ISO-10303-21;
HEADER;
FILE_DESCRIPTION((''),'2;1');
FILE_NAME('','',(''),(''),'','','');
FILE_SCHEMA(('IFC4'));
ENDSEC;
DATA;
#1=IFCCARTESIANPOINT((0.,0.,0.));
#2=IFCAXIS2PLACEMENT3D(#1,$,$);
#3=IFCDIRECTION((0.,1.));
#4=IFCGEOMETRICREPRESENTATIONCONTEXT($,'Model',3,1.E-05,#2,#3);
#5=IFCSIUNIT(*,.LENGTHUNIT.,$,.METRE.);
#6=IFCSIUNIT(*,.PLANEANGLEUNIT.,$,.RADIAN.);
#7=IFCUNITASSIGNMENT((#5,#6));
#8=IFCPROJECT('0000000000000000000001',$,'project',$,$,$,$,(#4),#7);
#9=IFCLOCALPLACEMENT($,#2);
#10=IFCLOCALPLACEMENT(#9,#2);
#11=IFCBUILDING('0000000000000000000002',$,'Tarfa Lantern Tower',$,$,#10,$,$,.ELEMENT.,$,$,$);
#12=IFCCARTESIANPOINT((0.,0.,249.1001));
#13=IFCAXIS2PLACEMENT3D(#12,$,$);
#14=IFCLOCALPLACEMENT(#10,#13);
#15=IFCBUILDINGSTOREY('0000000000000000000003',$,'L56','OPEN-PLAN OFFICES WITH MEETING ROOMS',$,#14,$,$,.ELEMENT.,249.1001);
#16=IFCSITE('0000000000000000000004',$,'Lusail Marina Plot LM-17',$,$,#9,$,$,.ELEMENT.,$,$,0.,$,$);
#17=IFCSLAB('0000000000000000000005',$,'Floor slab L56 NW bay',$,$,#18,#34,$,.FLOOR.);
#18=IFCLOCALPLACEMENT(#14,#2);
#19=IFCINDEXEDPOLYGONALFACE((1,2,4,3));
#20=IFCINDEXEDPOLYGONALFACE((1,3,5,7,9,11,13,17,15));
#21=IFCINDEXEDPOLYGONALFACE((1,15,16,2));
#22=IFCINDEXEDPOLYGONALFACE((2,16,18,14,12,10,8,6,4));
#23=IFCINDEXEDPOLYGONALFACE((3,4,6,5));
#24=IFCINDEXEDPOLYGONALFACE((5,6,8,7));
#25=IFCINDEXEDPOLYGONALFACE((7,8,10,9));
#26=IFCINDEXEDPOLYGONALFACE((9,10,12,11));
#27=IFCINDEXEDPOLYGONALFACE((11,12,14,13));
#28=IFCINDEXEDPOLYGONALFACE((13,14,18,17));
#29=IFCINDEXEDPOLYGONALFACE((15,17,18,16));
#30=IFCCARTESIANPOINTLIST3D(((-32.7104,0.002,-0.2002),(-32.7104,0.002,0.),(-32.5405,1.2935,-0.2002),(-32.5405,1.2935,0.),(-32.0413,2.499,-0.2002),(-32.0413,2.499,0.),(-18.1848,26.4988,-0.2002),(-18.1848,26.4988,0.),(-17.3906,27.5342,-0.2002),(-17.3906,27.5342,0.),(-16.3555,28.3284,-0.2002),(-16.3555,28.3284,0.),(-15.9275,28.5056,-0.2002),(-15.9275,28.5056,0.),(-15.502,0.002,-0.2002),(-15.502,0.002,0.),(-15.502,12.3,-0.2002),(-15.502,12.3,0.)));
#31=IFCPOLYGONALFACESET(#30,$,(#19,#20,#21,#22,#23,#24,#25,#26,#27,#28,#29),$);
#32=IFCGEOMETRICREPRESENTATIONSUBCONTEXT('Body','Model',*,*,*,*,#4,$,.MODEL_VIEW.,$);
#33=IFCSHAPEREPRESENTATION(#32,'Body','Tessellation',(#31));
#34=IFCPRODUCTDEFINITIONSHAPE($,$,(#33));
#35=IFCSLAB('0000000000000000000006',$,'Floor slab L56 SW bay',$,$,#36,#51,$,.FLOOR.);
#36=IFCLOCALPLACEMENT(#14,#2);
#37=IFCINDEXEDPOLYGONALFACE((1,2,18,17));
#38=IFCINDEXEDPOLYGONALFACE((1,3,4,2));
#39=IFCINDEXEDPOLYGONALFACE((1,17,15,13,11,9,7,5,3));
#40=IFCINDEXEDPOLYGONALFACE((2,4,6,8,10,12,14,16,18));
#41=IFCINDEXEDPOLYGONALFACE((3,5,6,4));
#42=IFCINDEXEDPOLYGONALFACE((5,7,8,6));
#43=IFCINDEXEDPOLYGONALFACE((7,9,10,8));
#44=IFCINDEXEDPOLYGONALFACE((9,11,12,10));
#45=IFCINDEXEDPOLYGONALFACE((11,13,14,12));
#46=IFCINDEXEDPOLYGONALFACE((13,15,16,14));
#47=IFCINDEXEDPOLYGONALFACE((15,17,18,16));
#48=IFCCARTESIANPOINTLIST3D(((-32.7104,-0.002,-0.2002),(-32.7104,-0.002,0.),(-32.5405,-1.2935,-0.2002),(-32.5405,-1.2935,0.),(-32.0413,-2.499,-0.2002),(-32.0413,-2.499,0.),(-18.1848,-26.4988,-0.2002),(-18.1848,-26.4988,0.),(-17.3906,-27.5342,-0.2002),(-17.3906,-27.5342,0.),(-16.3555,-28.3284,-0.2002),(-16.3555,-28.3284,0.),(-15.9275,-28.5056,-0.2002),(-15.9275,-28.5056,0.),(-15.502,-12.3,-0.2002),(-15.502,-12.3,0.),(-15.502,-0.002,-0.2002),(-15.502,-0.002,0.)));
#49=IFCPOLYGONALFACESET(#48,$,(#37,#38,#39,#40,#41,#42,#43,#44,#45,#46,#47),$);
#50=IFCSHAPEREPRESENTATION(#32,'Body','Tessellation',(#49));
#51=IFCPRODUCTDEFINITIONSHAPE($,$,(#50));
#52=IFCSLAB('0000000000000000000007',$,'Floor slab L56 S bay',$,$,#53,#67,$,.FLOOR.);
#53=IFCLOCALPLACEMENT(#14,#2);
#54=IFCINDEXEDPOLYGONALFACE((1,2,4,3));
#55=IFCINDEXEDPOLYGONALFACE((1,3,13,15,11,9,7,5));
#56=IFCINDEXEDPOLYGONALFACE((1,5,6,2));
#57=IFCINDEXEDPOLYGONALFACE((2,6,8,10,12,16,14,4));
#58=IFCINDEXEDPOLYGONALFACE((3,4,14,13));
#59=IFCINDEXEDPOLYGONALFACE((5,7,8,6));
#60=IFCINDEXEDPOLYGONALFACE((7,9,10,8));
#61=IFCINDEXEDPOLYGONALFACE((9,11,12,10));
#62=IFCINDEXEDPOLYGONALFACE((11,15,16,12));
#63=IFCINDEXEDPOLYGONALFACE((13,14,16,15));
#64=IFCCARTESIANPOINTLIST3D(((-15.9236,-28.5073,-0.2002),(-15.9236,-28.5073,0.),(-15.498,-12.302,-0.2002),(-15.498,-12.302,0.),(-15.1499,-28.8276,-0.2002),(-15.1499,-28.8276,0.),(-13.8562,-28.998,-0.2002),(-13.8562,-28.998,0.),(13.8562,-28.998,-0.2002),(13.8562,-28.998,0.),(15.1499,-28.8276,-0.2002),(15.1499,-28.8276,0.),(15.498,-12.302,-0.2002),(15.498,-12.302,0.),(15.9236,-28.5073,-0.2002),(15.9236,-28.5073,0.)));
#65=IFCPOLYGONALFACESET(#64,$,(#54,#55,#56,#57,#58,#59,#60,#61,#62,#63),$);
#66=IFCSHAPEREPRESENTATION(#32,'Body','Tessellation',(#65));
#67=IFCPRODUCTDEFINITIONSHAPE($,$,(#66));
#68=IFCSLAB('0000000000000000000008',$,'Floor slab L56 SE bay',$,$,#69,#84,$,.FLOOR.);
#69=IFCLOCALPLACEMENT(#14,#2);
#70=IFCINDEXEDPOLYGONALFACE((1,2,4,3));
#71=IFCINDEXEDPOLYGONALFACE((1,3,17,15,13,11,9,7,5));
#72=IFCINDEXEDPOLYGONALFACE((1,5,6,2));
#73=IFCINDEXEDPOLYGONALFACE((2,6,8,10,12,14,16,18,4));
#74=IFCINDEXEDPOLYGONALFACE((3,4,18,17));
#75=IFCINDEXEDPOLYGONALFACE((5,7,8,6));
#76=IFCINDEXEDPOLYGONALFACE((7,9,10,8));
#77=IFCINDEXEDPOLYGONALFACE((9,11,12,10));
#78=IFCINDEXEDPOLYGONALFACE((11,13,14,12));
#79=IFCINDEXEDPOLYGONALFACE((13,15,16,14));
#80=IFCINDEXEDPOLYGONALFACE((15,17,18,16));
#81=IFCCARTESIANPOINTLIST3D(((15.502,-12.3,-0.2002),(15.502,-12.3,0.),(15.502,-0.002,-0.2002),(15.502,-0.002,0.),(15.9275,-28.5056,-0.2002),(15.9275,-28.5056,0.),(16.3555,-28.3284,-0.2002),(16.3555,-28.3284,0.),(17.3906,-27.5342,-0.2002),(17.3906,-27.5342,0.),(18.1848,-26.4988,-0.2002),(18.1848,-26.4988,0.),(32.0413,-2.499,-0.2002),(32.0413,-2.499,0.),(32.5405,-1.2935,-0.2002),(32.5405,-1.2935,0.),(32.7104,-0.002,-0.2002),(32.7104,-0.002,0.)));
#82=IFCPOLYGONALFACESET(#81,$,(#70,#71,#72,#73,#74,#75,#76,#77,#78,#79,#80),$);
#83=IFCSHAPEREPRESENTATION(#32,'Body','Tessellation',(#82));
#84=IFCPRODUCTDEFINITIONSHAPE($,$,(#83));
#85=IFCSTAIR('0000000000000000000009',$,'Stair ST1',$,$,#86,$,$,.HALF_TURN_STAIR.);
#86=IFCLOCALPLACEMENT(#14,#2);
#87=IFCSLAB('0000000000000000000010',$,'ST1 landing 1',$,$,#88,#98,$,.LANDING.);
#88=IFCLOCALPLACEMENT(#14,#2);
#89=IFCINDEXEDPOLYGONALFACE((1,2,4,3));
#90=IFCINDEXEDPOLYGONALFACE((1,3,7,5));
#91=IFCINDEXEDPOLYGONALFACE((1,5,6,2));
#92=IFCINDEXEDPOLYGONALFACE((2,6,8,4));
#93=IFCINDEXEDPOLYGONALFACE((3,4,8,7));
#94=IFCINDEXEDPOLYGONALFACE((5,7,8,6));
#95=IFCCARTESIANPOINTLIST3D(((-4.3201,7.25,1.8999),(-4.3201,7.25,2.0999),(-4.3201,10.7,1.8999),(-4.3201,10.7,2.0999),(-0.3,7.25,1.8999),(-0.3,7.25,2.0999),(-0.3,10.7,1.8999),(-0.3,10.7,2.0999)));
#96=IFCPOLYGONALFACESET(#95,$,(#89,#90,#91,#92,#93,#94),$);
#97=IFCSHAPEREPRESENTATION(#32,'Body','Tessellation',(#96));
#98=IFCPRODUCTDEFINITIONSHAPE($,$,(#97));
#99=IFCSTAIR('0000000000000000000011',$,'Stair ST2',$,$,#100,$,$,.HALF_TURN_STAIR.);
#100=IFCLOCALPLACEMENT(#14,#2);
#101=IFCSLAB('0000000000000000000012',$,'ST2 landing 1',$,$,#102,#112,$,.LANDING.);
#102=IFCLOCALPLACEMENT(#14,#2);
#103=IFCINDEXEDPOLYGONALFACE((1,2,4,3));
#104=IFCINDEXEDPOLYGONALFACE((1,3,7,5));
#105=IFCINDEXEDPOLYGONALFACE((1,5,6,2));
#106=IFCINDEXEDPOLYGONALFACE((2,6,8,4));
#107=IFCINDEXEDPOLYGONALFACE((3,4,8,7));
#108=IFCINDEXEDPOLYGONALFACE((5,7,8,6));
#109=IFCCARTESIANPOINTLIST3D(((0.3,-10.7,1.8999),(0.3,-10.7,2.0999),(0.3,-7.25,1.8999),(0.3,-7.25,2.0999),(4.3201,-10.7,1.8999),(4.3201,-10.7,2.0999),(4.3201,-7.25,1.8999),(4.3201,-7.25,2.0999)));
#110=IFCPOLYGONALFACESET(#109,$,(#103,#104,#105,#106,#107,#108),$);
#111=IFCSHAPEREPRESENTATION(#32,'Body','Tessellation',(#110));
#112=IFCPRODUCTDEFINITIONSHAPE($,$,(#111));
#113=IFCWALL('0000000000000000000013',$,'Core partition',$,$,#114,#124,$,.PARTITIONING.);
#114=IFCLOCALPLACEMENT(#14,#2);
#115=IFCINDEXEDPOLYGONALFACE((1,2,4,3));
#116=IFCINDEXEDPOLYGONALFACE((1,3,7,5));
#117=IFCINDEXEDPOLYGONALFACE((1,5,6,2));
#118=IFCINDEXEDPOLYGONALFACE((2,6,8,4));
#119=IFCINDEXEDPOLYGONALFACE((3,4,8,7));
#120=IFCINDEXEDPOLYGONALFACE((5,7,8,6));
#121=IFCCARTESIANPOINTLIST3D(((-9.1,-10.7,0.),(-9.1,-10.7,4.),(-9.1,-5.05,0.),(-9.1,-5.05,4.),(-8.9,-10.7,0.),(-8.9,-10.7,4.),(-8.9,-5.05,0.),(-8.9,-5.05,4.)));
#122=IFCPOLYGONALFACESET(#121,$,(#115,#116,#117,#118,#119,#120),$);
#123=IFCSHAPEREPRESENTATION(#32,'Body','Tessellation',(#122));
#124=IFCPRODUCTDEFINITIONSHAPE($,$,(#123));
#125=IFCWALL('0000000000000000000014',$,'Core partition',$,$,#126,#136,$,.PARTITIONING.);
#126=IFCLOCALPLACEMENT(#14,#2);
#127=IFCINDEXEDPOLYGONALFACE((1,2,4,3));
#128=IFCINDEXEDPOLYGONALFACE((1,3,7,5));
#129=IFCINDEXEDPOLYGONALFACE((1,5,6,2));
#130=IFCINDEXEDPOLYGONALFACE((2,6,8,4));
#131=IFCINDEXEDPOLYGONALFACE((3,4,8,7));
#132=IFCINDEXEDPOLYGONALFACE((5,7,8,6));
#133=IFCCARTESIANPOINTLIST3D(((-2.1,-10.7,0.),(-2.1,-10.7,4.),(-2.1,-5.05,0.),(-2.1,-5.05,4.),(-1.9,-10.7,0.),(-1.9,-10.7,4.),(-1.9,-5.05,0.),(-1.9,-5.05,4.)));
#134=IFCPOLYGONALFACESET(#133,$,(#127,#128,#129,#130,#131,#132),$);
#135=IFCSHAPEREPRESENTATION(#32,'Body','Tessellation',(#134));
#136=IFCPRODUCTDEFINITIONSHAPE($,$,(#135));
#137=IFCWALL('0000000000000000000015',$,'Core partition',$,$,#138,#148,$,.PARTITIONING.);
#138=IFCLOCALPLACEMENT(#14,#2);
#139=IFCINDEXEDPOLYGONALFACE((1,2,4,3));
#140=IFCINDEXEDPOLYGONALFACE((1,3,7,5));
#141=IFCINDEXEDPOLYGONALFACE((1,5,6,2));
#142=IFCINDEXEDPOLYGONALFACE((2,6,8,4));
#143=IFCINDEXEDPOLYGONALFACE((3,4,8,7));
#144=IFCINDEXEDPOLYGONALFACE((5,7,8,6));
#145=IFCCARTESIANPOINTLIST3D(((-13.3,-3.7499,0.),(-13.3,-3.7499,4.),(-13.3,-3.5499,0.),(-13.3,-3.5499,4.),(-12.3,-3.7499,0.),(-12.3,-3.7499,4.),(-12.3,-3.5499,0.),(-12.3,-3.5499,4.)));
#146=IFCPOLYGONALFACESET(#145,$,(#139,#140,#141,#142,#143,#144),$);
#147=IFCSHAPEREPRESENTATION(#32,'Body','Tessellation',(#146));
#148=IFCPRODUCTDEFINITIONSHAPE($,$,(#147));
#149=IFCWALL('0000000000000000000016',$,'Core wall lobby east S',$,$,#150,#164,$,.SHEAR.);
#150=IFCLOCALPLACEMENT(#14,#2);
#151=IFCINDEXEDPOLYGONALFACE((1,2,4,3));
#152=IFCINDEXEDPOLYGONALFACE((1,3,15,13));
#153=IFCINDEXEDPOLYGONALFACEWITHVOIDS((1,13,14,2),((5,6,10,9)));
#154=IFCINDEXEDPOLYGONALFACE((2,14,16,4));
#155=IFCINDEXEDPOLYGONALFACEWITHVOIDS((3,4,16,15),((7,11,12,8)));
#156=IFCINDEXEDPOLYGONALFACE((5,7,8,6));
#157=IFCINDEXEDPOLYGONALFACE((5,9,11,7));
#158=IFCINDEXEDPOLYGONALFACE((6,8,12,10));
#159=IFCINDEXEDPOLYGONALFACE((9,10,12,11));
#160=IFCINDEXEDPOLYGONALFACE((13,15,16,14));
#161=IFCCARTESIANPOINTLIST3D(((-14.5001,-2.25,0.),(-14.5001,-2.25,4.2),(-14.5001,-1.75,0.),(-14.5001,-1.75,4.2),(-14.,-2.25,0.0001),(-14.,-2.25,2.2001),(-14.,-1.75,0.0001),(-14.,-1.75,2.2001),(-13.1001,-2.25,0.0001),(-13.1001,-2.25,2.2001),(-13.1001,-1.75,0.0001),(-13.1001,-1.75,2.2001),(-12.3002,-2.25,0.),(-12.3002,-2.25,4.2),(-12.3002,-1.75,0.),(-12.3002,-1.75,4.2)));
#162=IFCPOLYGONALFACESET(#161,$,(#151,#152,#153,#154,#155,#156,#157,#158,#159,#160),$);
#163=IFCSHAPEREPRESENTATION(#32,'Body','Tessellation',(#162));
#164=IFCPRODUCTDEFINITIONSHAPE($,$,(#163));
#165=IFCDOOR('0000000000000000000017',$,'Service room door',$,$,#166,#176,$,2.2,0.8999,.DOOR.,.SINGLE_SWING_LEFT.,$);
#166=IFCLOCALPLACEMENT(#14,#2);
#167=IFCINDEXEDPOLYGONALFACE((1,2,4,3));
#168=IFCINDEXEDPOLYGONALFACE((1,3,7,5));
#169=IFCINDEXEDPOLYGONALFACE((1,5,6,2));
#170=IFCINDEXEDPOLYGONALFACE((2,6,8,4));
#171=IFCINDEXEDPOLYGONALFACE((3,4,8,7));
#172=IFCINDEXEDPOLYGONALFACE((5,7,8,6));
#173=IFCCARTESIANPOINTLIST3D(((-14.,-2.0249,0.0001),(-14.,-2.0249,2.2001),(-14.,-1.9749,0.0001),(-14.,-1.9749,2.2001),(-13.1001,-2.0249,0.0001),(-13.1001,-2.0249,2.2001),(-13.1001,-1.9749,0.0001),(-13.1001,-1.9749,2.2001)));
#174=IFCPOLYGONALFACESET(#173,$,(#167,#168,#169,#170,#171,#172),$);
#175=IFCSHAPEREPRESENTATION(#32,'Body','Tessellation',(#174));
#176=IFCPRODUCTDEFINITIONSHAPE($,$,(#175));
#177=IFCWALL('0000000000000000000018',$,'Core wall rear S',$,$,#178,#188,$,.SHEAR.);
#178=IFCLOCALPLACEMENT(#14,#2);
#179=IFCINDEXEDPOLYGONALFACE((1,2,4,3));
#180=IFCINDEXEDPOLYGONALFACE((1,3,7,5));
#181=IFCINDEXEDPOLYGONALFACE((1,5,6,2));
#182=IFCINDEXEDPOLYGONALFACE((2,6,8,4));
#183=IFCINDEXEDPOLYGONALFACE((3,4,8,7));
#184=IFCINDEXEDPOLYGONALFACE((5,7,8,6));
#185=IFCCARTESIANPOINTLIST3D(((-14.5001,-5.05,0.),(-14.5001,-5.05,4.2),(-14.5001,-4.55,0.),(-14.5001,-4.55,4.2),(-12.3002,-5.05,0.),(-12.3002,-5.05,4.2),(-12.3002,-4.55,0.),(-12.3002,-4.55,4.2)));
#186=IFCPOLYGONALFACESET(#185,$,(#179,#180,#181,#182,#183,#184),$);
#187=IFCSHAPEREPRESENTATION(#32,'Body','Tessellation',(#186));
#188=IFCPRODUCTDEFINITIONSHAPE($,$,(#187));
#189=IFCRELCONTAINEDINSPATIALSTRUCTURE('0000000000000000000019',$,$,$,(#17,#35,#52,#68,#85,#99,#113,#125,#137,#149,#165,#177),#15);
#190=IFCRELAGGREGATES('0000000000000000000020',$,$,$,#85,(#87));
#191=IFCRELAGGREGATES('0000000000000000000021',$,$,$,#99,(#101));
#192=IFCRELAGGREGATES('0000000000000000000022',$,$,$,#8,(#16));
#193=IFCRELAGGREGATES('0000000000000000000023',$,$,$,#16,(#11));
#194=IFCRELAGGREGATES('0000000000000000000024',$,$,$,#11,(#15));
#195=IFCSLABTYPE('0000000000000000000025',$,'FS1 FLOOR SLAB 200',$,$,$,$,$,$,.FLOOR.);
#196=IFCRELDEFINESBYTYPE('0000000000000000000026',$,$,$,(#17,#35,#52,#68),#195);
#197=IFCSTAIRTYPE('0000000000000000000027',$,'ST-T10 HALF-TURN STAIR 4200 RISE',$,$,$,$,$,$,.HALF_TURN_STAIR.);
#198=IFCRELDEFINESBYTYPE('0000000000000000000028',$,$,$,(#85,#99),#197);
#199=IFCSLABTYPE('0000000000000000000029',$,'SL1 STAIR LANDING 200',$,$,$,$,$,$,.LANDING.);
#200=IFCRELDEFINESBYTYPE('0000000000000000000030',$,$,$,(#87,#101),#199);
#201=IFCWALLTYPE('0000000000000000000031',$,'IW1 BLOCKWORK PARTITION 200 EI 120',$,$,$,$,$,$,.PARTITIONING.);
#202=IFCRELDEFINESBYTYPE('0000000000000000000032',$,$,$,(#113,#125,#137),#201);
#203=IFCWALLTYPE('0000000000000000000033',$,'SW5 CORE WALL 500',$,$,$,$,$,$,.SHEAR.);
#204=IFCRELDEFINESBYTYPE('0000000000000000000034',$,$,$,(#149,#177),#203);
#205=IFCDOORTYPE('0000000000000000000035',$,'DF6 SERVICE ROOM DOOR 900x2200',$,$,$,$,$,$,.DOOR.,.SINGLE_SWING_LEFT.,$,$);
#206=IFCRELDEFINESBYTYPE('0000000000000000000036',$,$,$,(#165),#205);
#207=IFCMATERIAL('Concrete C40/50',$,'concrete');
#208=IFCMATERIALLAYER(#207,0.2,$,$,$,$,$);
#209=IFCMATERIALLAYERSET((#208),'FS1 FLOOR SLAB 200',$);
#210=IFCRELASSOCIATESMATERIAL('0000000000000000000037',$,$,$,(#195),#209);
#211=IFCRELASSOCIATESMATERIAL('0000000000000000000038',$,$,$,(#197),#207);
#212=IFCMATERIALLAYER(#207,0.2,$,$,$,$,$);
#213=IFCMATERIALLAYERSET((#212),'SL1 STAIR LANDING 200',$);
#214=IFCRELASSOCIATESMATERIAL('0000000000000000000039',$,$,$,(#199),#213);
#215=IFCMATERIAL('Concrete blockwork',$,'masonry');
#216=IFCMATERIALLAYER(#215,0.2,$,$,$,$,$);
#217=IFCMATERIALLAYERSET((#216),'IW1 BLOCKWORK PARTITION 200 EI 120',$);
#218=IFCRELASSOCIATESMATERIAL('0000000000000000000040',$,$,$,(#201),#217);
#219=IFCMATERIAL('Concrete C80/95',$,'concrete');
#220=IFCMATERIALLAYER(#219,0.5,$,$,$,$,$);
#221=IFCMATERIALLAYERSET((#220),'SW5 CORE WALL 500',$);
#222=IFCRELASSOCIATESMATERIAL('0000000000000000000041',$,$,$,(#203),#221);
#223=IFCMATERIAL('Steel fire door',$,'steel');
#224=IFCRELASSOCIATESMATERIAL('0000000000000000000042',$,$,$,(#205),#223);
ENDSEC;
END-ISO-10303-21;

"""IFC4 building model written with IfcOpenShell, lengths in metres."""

from ifc_helpers import new_model, si_unit, direction, frame, frame_2d, origin, place, context, subcontext, project, spatial, polyline, rectangle, outline, extrude, material, layer, layer_set, type_object, element, fill, aggregate, save


model = new_model("IFC4")

# Units and contexts
model_context = context("Model", 3, precision=1e-05, world=origin(), true_north=direction((0.0, 1.0)))
body_context = subcontext(model_context, "Body", "Model", "MODEL_VIEW")
ifc_project = project(units=[si_unit("LENGTHUNIT", "METRE"), si_unit("PLANEANGLEUNIT", "RADIAN")], contexts=[model_context])

# Site, building, storey
site_placement = place(None, origin())
site = spatial("IfcSite", under=ifc_project, at=site_placement, Name="Lusail Marina Plot LM-17", CompositionType="ELEMENT", RefElevation=0.0)
building_placement = place(site_placement, origin())
building = spatial("IfcBuilding", under=site, at=building_placement, Name="Tarfa Lantern Tower", CompositionType="ELEMENT")
storey_placement = place(building_placement, frame((0.0, 0.0, 249.1001)))
storey = spatial("IfcBuildingStorey", under=building, at=storey_placement, Name="L56", Description="OPEN-PLAN OFFICES WITH MEETING ROOMS", CompositionType="ELEMENT", Elevation=249.1001)

# Slabs
ifc_material_1 = material(Name="Concrete C40/50", Category="concrete")
ifc_layer_1 = layer(ifc_material_1, 0.2)
ifc_layer_set_1 = layer_set([ifc_layer_1], Name="FS1 FLOOR SLAB 200")
slab_type_1 = type_object("IfcSlabType", Name="FS1 FLOOR SLAB 200", PredefinedType="FLOOR", material=ifc_layer_set_1)
slab_1_placement = place(storey_placement, frame((0.0, 0.0, -0.2002)))
element("IfcSlab", 1, at=slab_1_placement, inside=storey, type_object=slab_type_1, Name="Floor slab L56 NW bay", PredefinedType="FLOOR", context=body_context, shape_type="SweptSolid", body=[
    extrude(outline(polyline([(-15.502, 0.002), (-15.502, 12.3), (-15.9275, 28.5056), (-16.3555, 28.3284), (-17.3906, 27.5342), (-18.1848, 26.4988), (-32.0413, 2.499), (-32.5405, 1.2935), (-32.7104, 0.002), (-15.502, 0.002)])), origin(), (0.0, 0.0, 1.0), 0.2002),
])
slab_2_placement = place(storey_placement, frame((0.0, 0.0, -0.2002)))
element("IfcSlab", 2, at=slab_2_placement, inside=storey, type_object=slab_type_1, Name="Floor slab L56 SW bay", PredefinedType="FLOOR", context=body_context, shape_type="SweptSolid", body=[
    extrude(outline(polyline([(-15.502, -12.3), (-15.502, -0.002), (-32.7104, -0.002), (-32.5405, -1.2935), (-32.0413, -2.499), (-18.1848, -26.4988), (-17.3906, -27.5342), (-16.3555, -28.3284), (-15.9275, -28.5056), (-15.502, -12.3)])), origin(), (0.0, 0.0, 1.0), 0.2002),
])
slab_3_placement = place(storey_placement, frame((0.0, 0.0, -0.2002)))
element("IfcSlab", 3, at=slab_3_placement, inside=storey, type_object=slab_type_1, Name="Floor slab L56 S bay", PredefinedType="FLOOR", context=body_context, shape_type="SweptSolid", body=[
    extrude(outline(polyline([(15.498, -12.302), (-15.498, -12.302), (-15.9236, -28.5073), (-15.1499, -28.8276), (-13.8562, -28.998), (13.8562, -28.998), (15.1499, -28.8276), (15.9236, -28.5073), (15.498, -12.302)])), origin(), (0.0, 0.0, 1.0), 0.2002),
])
slab_4_placement = place(storey_placement, frame((0.0, 0.0, -0.2002)))
element("IfcSlab", 4, at=slab_4_placement, inside=storey, type_object=slab_type_1, Name="Floor slab L56 SE bay", PredefinedType="FLOOR", context=body_context, shape_type="SweptSolid", body=[
    extrude(outline(polyline([(15.502, -0.002), (15.502, -12.3), (15.9275, -28.5056), (16.3555, -28.3284), (17.3906, -27.5342), (18.1848, -26.4988), (32.0413, -2.499), (32.5405, -1.2935), (32.7104, -0.002), (15.502, -0.002)])), origin(), (0.0, 0.0, 1.0), 0.2002),
])

# Stairs, slabs
stair_type = type_object("IfcStairType", Name="ST-T10 HALF-TURN STAIR 4200 RISE", PredefinedType="HALF_TURN_STAIR", material=ifc_material_1)
stair_1_placement = place(storey_placement, origin())
stair_1 = element("IfcStair", 5, at=stair_1_placement, inside=storey, type_object=stair_type, Name="Stair ST1", PredefinedType="HALF_TURN_STAIR")
ifc_layer_2 = layer(ifc_material_1, 0.2)
ifc_layer_set_2 = layer_set([ifc_layer_2], Name="SL1 STAIR LANDING 200")
slab_type_2 = type_object("IfcSlabType", Name="SL1 STAIR LANDING 200", PredefinedType="LANDING", material=ifc_layer_set_2)
slab_5_placement = place(storey_placement, frame((0.0, 0.0, 1.8999)))
slab_5 = element("IfcSlab", 6, at=slab_5_placement, type_object=slab_type_2, Name="ST1 landing 1", PredefinedType="LANDING", context=body_context, shape_type="SweptSolid", body=[
    extrude(outline(polyline([(-4.3201, 7.25), (-0.3, 7.25), (-0.3, 10.7), (-4.3201, 10.7), (-4.3201, 7.25)])), origin(), (0.0, 0.0, 1.0), 0.2),
])
aggregate(stair_1, [slab_5])
stair_2_placement = place(storey_placement, origin())
stair_2 = element("IfcStair", 7, at=stair_2_placement, inside=storey, type_object=stair_type, Name="Stair ST2", PredefinedType="HALF_TURN_STAIR")
slab_6_placement = place(storey_placement, frame((0.0, 0.0, 1.8999)))
slab_6 = element("IfcSlab", 8, at=slab_6_placement, type_object=slab_type_2, Name="ST2 landing 1", PredefinedType="LANDING", context=body_context, shape_type="SweptSolid", body=[
    extrude(outline(polyline([(4.3201, -7.25), (0.3, -7.25), (0.3, -10.7), (4.3201, -10.7), (4.3201, -7.25)])), origin(), (0.0, 0.0, 1.0), 0.2),
])
aggregate(stair_2, [slab_6])

# Walls
ifc_material_2 = material(Name="Concrete blockwork", Category="masonry")
ifc_layer_3 = layer(ifc_material_2, 0.2)
ifc_layer_set_3 = layer_set([ifc_layer_3], Name="IW1 BLOCKWORK PARTITION 200 EI 120")
wall_type_1 = type_object("IfcWallType", Name="IW1 BLOCKWORK PARTITION 200 EI 120", PredefinedType="PARTITIONING", material=ifc_layer_set_3)
for number, where, z_axis, x_axis, name in (
    (9, (-9.0, -5.05, 0.0), (0.0, 0.0, 1.0), (0.0, -1.0, 0.0), "Core partition"),
    (10, (-2.0, -5.05, 0.0), (0.0, 0.0, 1.0), (0.0, -1.0, 0.0), "Core partition"),
):
    element("IfcWall", number, at=place(storey_placement, frame(where, z_axis=z_axis, x_axis=x_axis)), inside=storey, type_object=wall_type_1, Name=name, PredefinedType="PARTITIONING", context=body_context, shape_type="SweptSolid", body=[
        extrude(rectangle(XDim=5.6499, YDim=0.2, at=frame_2d((2.825, 0.0))), origin(), (0.0, 0.0, 1.0), 4.0),
    ])
wall_1_placement = place(storey_placement, frame((-12.3, -3.6499, 0.0), z_axis=(0.0, 0.0, 1.0), x_axis=(-1.0, 0.0, 0.0)))
element("IfcWall", 11, at=wall_1_placement, inside=storey, type_object=wall_type_1, Name="Core partition", PredefinedType="PARTITIONING", context=body_context, shape_type="SweptSolid", body=[
    extrude(rectangle(XDim=1.0, YDim=0.2, at=frame_2d((0.5, 0.0))), origin(), (0.0, 0.0, 1.0), 4.0),
])

# Wall, opening, door
ifc_material_3 = material(Name="Concrete C80/95", Category="concrete")
ifc_layer_4 = layer(ifc_material_3, 0.5)
ifc_layer_set_4 = layer_set([ifc_layer_4], Name="SW5 CORE WALL 500")
wall_type_2 = type_object("IfcWallType", Name="SW5 CORE WALL 500", PredefinedType="SHEAR", material=ifc_layer_set_4)
wall_2_placement = place(storey_placement, frame((-12.3, -2.0, 0.0), z_axis=(0.0, 0.0, 1.0), x_axis=(-1.0, 0.0, 0.0)))
wall_2 = element("IfcWall", 12, at=wall_2_placement, inside=storey, type_object=wall_type_2, Name="Core wall lobby east S", PredefinedType="SHEAR", context=body_context, shape_type="SweptSolid", body=[
    extrude(rectangle(XDim=2.2, YDim=0.5, at=frame_2d((1.1001, 0.0))), origin(), (0.0, 0.0, 1.0), 4.2),
])
opening_1_placement = place(wall_2_placement, frame((0.8, 0.0, 0.0)))
opening_1 = element("IfcOpeningElement", 13, at=opening_1_placement, cuts=wall_2, PredefinedType="OPENING", context=body_context, shape_type="SweptSolid", body=[
    extrude(rectangle(XDim=0.8999, YDim=2.2, at=frame_2d((0.45, 1.1001))), frame((0.0, 0.26, 0.0), z_axis=(0.0, -1.0, 0.0), x_axis=(1.0, 0.0, 0.0)), (0.0, 0.0, 1.0), 0.52),
])
ifc_material_4 = material(Name="Steel fire door", Category="steel")
door_type_1 = type_object("IfcDoorType", Name="DF6 SERVICE ROOM DOOR 900x2200", OperationType="SINGLE_SWING_LEFT", PredefinedType="DOOR", material=ifc_material_4)
door_1_placement = place(opening_1_placement, origin())
door_1 = element("IfcDoor", 14, at=door_1_placement, inside=storey, type_object=door_type_1, Name="Service room door", OperationType="SINGLE_SWING_LEFT", OverallHeight=2.2, OverallWidth=0.8999, PredefinedType="DOOR", context=body_context, shape_type="SweptSolid", body=[
    extrude(rectangle(XDim=0.8999, YDim=2.2, at=frame_2d((0.45, 1.1001))), frame((0.0, 0.0249, 0.0), z_axis=(0.0, -1.0, 0.0), x_axis=(1.0, 0.0, 0.0)), (0.0, 0.0, 1.0), 0.05),
])
fill(opening_1, door_1)

# Wall
wall_3_placement = place(storey_placement, frame((-12.3, -4.8, 0.0), z_axis=(0.0, 0.0, 1.0), x_axis=(-1.0, 0.0, 0.0)))
element("IfcWall", 15, at=wall_3_placement, inside=storey, type_object=wall_type_2, Name="Core wall rear S", PredefinedType="SHEAR", context=body_context, shape_type="SweptSolid", body=[
    extrude(rectangle(XDim=2.2, YDim=0.5, at=frame_2d((1.1001, 0.0))), origin(), (0.0, 0.0, 1.0), 4.2),
])

save(model, "model.ifc")
